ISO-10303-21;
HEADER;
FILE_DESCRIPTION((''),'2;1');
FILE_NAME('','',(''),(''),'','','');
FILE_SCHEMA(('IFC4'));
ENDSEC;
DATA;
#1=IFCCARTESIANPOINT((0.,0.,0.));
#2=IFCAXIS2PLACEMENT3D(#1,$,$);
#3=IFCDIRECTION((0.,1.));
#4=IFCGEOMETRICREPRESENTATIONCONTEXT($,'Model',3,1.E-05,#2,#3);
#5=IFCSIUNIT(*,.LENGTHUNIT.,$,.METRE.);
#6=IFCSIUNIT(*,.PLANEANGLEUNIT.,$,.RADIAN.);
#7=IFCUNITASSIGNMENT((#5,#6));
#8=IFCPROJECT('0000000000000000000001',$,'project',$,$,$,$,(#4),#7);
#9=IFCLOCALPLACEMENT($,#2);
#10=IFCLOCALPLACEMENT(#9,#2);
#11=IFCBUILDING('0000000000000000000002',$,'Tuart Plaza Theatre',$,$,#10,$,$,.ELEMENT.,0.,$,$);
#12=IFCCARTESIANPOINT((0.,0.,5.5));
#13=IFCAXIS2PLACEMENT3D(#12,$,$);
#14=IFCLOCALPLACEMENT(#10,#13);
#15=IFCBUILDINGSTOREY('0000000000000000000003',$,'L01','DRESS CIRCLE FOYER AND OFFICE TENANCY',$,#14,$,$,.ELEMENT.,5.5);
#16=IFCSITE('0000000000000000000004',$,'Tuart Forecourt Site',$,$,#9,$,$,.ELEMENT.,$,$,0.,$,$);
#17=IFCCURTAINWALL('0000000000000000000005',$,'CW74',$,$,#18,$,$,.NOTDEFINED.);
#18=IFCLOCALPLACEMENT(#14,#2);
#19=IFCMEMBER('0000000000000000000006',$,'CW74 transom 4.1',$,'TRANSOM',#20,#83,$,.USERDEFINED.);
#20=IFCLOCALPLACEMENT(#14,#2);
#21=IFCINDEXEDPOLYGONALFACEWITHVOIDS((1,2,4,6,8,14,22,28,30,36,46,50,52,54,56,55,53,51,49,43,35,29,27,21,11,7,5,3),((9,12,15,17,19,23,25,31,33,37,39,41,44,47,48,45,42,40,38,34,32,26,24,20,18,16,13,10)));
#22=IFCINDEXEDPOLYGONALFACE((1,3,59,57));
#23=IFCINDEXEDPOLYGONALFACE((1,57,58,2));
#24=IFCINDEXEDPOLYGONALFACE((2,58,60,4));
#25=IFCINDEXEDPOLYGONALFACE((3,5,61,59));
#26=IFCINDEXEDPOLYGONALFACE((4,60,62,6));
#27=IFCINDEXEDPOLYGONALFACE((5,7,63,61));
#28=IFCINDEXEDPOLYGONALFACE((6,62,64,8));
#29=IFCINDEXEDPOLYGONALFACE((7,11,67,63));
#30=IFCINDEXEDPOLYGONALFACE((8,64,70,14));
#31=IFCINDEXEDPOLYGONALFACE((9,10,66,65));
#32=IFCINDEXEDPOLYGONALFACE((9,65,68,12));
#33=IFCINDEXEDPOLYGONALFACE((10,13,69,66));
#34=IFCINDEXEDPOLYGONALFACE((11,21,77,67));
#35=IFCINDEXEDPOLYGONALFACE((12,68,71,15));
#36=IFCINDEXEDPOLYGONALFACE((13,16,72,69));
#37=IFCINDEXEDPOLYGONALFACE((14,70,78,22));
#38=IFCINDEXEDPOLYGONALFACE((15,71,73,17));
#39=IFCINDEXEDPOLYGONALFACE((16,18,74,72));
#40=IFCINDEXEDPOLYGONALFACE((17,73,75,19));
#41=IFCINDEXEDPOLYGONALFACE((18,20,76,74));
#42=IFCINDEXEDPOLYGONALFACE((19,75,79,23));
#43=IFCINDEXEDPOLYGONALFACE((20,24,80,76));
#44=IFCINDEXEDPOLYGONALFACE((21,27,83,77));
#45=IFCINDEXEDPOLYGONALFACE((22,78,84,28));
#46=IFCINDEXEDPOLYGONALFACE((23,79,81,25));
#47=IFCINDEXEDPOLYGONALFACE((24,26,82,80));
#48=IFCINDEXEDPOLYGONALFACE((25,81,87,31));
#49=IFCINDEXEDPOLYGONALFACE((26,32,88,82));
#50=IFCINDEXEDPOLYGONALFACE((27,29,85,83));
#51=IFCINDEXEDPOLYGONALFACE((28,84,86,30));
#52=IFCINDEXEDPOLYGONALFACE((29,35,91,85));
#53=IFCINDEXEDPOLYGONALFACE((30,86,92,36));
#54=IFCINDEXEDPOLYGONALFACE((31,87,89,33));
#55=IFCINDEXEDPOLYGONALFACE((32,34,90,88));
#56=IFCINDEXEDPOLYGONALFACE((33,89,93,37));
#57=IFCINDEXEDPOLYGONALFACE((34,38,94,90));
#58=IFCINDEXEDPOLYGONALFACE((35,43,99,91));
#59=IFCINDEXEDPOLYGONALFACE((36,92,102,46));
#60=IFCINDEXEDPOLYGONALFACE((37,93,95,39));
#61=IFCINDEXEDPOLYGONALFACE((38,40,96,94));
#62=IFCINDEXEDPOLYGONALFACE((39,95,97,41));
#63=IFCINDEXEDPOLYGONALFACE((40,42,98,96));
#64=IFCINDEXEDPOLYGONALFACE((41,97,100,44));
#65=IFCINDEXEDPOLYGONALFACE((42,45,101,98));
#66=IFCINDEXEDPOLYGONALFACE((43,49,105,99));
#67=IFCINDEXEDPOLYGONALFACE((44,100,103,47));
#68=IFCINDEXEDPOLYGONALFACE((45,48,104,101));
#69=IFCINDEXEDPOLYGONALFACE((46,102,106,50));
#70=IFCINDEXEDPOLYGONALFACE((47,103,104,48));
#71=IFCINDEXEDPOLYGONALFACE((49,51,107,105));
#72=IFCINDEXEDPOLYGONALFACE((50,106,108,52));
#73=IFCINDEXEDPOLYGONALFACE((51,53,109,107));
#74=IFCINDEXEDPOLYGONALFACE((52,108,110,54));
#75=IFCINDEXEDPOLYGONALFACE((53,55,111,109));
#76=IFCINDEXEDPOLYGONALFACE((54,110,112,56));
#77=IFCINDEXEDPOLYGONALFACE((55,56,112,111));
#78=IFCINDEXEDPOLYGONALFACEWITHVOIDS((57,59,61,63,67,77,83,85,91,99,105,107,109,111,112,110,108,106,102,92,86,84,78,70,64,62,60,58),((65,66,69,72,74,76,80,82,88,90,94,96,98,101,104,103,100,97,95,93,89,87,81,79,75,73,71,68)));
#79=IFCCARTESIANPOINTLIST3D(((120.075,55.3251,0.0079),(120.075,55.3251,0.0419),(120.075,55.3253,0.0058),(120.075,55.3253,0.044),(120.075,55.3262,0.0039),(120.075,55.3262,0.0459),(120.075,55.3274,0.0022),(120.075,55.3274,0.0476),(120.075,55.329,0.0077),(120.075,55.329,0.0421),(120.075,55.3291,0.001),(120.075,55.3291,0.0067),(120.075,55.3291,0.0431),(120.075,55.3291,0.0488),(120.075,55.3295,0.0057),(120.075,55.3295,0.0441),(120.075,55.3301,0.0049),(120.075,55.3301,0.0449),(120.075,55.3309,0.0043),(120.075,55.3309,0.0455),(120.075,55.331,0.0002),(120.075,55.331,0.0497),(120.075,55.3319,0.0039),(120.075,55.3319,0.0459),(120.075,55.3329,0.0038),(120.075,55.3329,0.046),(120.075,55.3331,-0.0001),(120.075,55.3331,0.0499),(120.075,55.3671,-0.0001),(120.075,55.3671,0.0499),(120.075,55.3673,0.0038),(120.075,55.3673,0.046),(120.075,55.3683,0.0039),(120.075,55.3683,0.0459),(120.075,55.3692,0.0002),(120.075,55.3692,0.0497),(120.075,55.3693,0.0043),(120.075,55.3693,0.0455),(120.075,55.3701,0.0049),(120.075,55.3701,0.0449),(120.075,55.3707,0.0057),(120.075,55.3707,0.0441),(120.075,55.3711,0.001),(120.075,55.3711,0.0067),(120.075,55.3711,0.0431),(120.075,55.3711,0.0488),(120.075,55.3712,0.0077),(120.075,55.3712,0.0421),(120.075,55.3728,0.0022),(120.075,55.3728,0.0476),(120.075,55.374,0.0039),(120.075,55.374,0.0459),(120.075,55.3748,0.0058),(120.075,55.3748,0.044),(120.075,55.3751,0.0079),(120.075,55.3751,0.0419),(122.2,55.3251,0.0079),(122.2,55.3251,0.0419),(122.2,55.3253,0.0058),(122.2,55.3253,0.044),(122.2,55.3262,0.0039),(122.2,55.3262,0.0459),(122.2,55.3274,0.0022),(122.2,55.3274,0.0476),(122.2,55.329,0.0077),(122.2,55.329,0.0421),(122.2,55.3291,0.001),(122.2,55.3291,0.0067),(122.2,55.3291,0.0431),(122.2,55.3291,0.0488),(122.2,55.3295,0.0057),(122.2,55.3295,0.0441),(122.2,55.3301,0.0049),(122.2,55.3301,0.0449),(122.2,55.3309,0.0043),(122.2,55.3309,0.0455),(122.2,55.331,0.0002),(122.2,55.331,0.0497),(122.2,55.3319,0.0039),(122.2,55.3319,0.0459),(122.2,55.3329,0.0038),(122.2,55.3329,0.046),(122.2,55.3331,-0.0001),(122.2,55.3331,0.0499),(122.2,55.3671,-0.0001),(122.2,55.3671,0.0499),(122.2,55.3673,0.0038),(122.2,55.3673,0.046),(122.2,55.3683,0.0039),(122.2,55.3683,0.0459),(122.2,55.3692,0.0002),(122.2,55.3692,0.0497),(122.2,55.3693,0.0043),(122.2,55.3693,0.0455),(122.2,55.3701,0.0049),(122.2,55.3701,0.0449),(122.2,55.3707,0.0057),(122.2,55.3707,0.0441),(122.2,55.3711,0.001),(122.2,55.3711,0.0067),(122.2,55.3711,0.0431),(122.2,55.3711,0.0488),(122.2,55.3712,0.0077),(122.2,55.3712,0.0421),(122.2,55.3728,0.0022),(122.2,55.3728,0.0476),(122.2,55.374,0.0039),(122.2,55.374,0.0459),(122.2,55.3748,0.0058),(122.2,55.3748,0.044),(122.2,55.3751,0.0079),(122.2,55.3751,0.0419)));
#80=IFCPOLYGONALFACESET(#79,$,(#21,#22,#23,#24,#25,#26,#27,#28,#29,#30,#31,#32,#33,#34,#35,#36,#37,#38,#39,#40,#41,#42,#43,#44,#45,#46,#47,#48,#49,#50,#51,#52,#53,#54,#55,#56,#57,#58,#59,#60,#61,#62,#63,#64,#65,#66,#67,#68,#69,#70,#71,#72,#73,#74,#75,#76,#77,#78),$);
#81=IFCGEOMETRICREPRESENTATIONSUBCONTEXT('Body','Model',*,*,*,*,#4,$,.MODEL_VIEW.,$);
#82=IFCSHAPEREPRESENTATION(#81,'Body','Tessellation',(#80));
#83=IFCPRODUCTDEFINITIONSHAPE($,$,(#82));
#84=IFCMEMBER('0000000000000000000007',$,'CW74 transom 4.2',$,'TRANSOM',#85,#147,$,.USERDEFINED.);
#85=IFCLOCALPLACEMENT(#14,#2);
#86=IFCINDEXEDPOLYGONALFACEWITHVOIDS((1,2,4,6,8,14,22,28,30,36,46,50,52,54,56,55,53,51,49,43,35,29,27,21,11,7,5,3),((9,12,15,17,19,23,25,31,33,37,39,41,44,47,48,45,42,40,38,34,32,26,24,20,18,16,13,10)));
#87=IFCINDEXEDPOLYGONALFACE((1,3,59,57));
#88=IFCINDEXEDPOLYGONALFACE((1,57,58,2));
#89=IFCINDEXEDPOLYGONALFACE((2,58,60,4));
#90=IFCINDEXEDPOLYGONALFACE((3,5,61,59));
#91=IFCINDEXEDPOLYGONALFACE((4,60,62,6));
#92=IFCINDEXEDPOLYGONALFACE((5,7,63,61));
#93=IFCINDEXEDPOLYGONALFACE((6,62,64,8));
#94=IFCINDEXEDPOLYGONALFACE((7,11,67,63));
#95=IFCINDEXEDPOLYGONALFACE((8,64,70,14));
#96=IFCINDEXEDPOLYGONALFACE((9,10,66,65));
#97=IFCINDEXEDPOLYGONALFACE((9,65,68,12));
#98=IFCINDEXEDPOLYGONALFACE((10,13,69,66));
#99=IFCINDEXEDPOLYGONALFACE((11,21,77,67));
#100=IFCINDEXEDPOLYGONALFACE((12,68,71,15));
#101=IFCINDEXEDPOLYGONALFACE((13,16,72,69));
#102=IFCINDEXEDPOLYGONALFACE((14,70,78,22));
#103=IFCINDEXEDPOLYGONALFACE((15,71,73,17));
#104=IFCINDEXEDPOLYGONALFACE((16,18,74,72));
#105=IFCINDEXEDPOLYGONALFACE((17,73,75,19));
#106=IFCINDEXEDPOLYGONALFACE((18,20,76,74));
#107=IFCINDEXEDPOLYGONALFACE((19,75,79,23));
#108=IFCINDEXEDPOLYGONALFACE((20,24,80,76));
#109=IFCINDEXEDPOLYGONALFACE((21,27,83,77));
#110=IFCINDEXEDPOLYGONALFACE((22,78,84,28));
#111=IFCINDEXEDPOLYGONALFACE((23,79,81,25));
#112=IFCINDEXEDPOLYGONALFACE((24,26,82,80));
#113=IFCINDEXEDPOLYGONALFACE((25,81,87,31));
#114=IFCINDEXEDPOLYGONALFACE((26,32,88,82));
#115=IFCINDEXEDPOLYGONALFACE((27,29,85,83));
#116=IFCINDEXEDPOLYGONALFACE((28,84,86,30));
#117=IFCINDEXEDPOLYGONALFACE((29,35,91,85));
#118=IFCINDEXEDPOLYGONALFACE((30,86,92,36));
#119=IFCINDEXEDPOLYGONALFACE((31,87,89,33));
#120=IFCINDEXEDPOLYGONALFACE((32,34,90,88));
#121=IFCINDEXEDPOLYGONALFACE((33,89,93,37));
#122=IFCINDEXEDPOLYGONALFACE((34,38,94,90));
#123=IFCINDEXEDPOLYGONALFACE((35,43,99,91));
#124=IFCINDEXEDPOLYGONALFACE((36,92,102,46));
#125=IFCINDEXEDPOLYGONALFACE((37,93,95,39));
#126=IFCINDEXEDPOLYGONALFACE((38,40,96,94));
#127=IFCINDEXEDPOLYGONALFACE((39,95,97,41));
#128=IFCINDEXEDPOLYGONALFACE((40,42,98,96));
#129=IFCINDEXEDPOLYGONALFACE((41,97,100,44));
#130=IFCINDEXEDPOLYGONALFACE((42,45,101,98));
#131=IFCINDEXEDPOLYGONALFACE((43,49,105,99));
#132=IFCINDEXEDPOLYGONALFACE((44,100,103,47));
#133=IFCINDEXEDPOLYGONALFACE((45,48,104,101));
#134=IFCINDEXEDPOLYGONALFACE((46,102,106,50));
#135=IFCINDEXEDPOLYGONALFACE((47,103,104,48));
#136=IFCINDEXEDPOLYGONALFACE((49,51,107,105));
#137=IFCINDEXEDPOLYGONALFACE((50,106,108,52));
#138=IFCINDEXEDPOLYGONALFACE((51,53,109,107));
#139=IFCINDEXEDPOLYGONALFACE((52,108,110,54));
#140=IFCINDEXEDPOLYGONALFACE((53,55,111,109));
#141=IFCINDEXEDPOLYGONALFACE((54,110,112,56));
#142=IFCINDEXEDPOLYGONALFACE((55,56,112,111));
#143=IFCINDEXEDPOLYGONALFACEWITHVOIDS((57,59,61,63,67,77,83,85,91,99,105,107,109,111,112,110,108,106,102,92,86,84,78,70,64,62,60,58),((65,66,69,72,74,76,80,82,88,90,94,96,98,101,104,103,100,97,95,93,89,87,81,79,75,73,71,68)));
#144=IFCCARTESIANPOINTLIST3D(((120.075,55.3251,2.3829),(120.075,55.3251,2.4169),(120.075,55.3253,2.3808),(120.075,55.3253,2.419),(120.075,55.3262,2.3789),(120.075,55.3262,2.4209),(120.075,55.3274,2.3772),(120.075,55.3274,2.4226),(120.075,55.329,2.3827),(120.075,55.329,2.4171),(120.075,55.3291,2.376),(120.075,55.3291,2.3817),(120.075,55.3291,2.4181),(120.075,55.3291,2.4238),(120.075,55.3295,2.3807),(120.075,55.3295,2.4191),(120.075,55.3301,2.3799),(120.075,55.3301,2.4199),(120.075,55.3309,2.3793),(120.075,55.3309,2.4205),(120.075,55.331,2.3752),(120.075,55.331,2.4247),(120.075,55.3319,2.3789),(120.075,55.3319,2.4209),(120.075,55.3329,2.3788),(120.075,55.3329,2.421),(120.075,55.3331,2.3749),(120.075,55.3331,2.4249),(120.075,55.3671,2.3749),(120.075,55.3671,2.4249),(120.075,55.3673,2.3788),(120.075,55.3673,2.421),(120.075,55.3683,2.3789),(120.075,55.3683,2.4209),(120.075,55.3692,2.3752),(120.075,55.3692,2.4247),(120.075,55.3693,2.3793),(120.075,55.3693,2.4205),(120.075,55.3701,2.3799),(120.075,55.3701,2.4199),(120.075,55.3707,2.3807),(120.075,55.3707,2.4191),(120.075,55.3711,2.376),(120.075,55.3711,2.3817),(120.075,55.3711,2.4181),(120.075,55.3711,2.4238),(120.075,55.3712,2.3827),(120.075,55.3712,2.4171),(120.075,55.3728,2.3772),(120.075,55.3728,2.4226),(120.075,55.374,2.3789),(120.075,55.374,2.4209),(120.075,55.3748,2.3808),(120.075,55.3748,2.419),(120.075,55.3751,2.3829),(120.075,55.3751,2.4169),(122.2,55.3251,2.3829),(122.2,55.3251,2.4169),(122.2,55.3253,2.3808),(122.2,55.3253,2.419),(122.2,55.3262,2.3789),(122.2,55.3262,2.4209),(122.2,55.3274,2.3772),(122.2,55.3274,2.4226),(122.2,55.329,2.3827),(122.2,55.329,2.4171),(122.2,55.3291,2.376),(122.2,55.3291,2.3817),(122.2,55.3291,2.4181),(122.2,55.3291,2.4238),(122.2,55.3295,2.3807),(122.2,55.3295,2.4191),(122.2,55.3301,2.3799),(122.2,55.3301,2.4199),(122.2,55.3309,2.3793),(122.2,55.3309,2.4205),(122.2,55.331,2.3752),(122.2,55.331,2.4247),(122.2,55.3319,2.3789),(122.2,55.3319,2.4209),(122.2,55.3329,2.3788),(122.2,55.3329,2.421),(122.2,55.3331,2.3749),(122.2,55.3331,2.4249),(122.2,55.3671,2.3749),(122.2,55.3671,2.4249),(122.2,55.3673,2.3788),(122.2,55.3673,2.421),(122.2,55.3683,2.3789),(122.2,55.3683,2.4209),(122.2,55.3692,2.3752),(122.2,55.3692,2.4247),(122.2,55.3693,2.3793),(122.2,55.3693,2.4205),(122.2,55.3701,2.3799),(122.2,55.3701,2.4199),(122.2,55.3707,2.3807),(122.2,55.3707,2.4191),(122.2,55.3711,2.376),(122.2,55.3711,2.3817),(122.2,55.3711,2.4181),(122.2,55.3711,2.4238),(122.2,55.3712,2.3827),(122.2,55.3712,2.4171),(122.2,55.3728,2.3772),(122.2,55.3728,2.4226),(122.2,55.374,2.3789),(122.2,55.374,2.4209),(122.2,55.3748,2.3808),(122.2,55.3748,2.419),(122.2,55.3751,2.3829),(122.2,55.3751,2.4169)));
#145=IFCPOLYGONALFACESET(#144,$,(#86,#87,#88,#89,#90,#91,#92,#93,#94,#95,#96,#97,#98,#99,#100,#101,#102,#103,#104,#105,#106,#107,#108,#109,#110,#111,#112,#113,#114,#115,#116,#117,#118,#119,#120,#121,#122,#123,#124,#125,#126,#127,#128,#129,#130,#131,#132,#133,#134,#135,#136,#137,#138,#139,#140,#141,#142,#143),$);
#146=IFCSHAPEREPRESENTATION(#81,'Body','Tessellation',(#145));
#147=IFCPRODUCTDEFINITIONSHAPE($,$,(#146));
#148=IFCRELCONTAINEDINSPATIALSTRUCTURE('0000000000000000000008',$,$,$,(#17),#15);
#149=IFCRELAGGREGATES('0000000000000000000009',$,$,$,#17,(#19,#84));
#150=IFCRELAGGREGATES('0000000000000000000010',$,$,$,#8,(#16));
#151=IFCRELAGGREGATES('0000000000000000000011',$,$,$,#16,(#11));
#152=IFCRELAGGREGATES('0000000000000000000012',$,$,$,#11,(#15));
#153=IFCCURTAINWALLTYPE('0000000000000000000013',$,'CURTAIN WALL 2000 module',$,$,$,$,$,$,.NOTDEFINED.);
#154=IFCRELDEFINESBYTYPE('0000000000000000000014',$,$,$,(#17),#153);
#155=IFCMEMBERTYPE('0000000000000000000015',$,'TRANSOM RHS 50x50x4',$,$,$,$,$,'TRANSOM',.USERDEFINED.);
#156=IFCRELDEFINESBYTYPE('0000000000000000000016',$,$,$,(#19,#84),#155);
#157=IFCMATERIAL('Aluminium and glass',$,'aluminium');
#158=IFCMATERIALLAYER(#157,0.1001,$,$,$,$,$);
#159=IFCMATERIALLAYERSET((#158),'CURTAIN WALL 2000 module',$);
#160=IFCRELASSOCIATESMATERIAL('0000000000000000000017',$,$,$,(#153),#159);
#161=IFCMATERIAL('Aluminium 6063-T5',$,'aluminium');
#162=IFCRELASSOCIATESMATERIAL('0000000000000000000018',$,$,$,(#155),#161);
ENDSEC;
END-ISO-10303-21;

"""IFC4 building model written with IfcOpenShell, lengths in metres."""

from ifc_helpers import new_model, si_unit, direction, frame, origin, origin_2d, place, context, subcontext, project, spatial, hollow_rectangle, extrude, material, layer, layer_set, material_profile, profile_set, type_object, element, aggregate, save


model = new_model("IFC4")

# Units and contexts
model_context = context("Model", 3, precision=1e-05, world=origin(), true_north=direction((0.0, 1.0)))
body_context = subcontext(model_context, "Body", "Model", "MODEL_VIEW")
ifc_project = project(units=[si_unit("LENGTHUNIT", "METRE"), si_unit("PLANEANGLEUNIT", "RADIAN")], contexts=[model_context])

# Site, building, storey
site_placement = place(None, origin())
site = spatial("IfcSite", under=ifc_project, at=site_placement, Name="Tuart Forecourt Site", CompositionType="ELEMENT", RefElevation=0.0)
building_placement = place(site_placement, origin())
building = spatial("IfcBuilding", under=site, at=building_placement, Name="Tuart Plaza Theatre", CompositionType="ELEMENT", ElevationOfRefHeight=0.0)
storey_placement = place(building_placement, frame((0.0, 0.0, 5.5)))
storey = spatial("IfcBuildingStorey", under=building, at=storey_placement, Name="L01", Description="DRESS CIRCLE FOYER AND OFFICE TENANCY", CompositionType="ELEMENT", Elevation=5.5)

# Curtain wall, members
ifc_material_1 = material(Name="Aluminium and glass", Category="aluminium")
ifc_layer_1 = layer(ifc_material_1, 0.1001)
ifc_layer_set_1 = layer_set([ifc_layer_1], Name="CURTAIN WALL 2000 module")
curtain_wall_type = type_object("IfcCurtainWallType", Name="CURTAIN WALL 2000 module", PredefinedType="NOTDEFINED", material=ifc_layer_set_1)
curtain_wall_1_placement = place(storey_placement, origin())
curtain_wall_1 = element("IfcCurtainWall", 1, at=curtain_wall_1_placement, inside=storey, type_object=curtain_wall_type, Name="CW74", PredefinedType="NOTDEFINED")
ifc_material_2 = material(Name="Aluminium 6063-T5", Category="aluminium")
ifc_material_profile_1 = material_profile(ifc_material_2, hollow_rectangle(XDim=0.05, YDim=0.05, WallThickness=0.0039, InnerFilletRadius=0.0039, OuterFilletRadius=0.0081, at=origin_2d()), Name="RHS 50x50x4")
ifc_profile_set_1 = profile_set([ifc_material_profile_1], Name="Aluminium 6063-T5")
member_type_1 = type_object("IfcMemberType", Name="TRANSOM RHS 50x50x4", ElementType="TRANSOM", PredefinedType="USERDEFINED", material=ifc_profile_set_1)
member_1_placement = place(storey_placement, frame((120.075, 55.3501, 0.0249), z_axis=(1.0, 0.0, 0.0), x_axis=(0.0, 1.0, 0.0)))
member_1 = element("IfcMember", 2, at=member_1_placement, type_object=member_type_1, Name="CW74 transom 4.1", ObjectType="TRANSOM", PredefinedType="USERDEFINED", context=body_context, shape_type="SweptSolid", body=[
    extrude(hollow_rectangle(XDim=0.05, YDim=0.05, WallThickness=0.0039, InnerFilletRadius=0.0039, OuterFilletRadius=0.0081, at=origin_2d()), origin(), (0.0, 0.0, 1.0), 2.125),
])
member_2_placement = place(storey_placement, frame((120.075, 55.3501, 2.3999), z_axis=(1.0, 0.0, 0.0), x_axis=(0.0, 1.0, 0.0)))
member_2 = element("IfcMember", 3, at=member_2_placement, type_object=member_type_1, Name="CW74 transom 4.2", ObjectType="TRANSOM", PredefinedType="USERDEFINED", context=body_context, shape_type="SweptSolid", body=[
    extrude(hollow_rectangle(XDim=0.05, YDim=0.05, WallThickness=0.0039, InnerFilletRadius=0.0039, OuterFilletRadius=0.0081, at=origin_2d()), origin(), (0.0, 0.0, 1.0), 2.125),
])

aggregate(curtain_wall_1, [member_1, member_2])

save(model, "model.ifc")
